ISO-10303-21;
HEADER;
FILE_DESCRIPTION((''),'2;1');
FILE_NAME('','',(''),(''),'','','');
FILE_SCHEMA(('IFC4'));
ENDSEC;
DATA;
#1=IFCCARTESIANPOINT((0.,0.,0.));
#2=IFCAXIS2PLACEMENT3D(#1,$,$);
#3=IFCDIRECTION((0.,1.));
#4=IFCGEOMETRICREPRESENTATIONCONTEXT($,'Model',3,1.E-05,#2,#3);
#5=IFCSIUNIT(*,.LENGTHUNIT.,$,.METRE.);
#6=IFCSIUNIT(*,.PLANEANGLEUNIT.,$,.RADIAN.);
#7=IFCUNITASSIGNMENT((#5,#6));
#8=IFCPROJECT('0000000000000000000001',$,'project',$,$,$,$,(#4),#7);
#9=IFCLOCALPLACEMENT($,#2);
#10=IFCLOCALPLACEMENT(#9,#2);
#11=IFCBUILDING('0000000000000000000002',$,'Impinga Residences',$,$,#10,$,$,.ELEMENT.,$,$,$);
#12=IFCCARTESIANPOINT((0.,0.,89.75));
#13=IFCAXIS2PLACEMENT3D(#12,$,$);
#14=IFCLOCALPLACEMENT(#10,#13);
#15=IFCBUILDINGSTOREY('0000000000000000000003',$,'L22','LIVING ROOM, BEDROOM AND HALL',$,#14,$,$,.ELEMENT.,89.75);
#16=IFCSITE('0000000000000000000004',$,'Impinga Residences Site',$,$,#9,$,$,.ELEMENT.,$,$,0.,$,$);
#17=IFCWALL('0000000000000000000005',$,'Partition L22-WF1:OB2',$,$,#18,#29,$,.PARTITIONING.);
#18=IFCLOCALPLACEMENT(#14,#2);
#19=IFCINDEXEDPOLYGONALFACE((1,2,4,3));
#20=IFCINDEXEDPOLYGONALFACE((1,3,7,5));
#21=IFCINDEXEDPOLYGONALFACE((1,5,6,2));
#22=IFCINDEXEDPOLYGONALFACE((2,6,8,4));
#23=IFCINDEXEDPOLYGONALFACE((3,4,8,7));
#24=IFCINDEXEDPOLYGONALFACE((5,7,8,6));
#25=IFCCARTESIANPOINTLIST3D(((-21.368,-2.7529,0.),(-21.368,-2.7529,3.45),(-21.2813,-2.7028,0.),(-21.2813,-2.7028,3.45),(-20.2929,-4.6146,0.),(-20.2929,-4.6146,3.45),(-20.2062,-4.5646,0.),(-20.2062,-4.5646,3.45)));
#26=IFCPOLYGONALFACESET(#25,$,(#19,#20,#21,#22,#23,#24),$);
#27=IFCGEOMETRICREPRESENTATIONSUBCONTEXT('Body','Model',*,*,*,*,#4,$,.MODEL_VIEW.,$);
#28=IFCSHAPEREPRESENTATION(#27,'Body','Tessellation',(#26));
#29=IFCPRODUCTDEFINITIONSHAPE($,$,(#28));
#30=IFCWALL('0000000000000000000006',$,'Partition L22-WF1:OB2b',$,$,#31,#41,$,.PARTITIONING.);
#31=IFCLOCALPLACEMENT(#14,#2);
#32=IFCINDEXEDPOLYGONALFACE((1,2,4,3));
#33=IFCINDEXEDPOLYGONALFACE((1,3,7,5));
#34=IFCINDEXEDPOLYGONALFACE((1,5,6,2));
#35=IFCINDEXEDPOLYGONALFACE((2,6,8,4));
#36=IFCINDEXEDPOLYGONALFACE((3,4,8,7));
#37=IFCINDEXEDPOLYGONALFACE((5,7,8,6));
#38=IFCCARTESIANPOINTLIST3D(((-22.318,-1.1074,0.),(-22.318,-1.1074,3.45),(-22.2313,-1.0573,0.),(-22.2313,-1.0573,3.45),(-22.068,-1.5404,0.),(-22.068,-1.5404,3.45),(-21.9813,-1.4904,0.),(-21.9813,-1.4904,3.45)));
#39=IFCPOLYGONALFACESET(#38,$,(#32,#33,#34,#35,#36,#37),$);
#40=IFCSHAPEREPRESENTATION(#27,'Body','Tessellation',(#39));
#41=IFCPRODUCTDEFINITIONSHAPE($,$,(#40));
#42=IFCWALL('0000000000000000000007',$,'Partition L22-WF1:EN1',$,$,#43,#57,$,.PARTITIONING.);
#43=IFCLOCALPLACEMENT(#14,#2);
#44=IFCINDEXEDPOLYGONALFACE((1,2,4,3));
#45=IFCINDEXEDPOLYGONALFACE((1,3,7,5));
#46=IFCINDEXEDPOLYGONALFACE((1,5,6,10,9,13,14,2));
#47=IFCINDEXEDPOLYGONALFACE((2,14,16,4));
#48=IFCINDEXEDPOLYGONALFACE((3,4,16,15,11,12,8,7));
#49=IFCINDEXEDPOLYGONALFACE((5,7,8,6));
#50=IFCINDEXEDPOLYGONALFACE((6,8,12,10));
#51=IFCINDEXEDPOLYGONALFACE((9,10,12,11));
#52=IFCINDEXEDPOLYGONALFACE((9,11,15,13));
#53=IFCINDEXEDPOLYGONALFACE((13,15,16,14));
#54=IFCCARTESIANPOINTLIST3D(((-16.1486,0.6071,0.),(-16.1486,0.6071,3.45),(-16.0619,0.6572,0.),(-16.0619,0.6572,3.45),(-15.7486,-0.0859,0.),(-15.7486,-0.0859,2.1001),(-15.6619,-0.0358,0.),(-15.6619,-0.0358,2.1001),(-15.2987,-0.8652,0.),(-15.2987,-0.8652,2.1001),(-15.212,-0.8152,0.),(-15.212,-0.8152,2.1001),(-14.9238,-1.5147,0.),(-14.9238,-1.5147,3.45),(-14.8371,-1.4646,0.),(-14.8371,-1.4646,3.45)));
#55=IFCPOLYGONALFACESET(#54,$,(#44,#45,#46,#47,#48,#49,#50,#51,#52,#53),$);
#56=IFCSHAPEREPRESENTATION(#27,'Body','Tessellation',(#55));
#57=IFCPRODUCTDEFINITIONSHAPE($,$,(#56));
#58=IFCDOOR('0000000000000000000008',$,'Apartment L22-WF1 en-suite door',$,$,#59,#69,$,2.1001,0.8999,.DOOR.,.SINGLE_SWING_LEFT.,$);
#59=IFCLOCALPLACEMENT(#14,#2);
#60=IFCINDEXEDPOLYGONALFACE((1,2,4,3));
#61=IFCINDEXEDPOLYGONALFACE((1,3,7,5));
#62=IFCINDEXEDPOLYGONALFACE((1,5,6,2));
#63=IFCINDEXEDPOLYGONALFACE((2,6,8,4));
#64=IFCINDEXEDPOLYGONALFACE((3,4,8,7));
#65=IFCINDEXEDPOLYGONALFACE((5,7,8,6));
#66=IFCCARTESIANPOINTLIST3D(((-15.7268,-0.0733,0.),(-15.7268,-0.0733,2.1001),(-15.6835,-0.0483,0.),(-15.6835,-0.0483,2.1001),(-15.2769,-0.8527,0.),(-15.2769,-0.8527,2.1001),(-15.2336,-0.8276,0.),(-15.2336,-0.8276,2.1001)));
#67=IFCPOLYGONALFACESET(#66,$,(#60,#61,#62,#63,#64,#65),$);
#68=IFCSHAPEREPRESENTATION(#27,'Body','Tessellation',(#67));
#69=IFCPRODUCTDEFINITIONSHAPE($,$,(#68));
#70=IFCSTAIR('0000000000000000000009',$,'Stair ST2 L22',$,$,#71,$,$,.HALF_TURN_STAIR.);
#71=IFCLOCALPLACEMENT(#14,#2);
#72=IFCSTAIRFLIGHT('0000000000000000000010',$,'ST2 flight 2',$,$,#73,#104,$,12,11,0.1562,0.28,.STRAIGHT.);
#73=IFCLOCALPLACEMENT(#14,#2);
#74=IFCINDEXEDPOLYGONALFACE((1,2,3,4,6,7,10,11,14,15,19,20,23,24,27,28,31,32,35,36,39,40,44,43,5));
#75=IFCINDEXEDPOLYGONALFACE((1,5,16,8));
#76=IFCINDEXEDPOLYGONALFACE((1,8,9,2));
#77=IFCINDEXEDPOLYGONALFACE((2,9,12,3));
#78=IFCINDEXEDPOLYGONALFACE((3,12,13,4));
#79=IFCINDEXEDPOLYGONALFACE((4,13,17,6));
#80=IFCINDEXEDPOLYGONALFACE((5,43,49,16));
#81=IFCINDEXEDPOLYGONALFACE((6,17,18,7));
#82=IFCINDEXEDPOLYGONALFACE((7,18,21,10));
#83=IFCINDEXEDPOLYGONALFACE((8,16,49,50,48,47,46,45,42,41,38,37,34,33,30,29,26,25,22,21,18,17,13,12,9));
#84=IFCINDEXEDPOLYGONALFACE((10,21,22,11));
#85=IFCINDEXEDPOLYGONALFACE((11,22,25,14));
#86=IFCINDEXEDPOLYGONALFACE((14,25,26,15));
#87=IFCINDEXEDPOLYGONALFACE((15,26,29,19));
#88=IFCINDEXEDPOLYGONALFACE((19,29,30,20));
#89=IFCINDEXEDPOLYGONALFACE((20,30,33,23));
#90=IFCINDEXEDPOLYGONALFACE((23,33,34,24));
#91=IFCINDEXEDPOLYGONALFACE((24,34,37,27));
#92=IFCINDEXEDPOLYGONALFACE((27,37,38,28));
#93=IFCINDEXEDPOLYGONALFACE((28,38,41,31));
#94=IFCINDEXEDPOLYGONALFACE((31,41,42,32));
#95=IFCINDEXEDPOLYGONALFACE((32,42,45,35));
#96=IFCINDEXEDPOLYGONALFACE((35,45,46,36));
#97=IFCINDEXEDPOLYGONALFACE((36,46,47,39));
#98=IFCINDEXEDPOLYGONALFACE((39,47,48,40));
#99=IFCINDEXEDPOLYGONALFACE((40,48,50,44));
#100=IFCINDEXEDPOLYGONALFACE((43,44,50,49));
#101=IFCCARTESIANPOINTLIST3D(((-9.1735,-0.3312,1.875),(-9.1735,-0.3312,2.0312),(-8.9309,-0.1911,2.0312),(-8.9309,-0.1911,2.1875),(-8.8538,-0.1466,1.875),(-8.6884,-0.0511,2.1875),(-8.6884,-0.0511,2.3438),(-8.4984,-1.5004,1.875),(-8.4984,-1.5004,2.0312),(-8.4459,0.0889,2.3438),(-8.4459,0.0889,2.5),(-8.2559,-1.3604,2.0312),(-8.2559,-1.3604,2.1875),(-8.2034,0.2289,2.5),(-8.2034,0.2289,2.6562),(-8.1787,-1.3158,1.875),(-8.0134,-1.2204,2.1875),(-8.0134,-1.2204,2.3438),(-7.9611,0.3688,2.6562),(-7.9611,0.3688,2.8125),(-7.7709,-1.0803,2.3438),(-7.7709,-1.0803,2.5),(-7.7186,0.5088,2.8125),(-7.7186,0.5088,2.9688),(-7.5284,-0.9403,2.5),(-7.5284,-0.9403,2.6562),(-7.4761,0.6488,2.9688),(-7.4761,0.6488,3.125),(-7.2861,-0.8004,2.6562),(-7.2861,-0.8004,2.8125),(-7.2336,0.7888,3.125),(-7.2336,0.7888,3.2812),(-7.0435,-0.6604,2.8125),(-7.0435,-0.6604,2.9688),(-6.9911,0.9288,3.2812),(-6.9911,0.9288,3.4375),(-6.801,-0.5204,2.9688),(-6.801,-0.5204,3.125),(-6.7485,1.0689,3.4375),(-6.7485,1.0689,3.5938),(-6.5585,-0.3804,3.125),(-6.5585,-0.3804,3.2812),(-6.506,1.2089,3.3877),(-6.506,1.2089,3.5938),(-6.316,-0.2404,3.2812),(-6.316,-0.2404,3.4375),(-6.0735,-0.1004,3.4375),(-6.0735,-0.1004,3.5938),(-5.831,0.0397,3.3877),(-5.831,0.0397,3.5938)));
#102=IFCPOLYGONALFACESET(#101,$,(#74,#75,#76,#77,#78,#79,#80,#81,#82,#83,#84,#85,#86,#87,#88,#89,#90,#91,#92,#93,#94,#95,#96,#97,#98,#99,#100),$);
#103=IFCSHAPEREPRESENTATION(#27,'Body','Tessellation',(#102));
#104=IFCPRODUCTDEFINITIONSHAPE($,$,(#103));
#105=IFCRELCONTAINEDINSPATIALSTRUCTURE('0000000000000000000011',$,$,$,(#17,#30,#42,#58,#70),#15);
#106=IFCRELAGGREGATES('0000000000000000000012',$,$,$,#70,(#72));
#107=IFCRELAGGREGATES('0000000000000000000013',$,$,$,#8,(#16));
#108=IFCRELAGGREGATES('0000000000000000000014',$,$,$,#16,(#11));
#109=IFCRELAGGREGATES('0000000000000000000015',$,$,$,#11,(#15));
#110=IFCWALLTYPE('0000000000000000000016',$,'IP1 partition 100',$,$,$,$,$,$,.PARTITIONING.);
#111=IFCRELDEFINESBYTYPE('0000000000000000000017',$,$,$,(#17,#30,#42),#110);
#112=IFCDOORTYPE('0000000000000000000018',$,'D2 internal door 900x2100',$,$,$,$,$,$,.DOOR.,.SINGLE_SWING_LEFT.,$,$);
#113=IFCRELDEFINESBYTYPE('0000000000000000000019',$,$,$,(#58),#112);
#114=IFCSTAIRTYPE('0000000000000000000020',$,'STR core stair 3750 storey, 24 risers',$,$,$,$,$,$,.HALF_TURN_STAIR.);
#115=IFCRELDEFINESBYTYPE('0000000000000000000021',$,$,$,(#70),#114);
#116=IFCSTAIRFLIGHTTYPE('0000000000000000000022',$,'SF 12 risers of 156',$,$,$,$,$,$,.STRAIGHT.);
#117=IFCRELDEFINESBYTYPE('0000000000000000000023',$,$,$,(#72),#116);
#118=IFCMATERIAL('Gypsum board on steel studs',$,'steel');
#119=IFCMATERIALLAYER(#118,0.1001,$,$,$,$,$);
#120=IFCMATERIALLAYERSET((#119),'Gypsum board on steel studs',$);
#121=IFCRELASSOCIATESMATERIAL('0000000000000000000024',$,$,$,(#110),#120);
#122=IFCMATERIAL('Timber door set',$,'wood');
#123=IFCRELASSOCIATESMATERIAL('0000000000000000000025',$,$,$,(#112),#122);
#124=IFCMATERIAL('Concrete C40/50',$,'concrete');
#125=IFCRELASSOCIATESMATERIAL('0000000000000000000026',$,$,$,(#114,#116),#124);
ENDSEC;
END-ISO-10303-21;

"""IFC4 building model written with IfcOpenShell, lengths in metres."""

from ifc_helpers import new_model, si_unit, direction, frame, frame_2d, origin, place, context, subcontext, project, spatial, polyline, rectangle, outline, extrude, material, layer, layer_set, type_object, element, fill, aggregate, save


model = new_model("IFC4")

# Units and contexts
model_context = context("Model", 3, precision=1e-05, world=origin(), true_north=direction((0.0, 1.0)))
body_context = subcontext(model_context, "Body", "Model", "MODEL_VIEW")
ifc_project = project(units=[si_unit("LENGTHUNIT", "METRE"), si_unit("PLANEANGLEUNIT", "RADIAN")], contexts=[model_context])

# Site, building, storey
site_placement = place(None, origin())
site = spatial("IfcSite", under=ifc_project, at=site_placement, Name="Impinga Residences Site", CompositionType="ELEMENT", RefElevation=0.0)
building_placement = place(site_placement, origin())
building = spatial("IfcBuilding", under=site, at=building_placement, Name="Impinga Residences", CompositionType="ELEMENT")
storey_placement = place(building_placement, frame((0.0, 0.0, 89.75)))
storey = spatial("IfcBuildingStorey", under=building, at=storey_placement, Name="L22", Description="LIVING ROOM, BEDROOM AND HALL", CompositionType="ELEMENT", Elevation=89.75)

# Shared definitions
ifc_material_1 = material(Name="Timber door set", Category="wood")

# Shared definitions
ifc_material_2 = material(Name="Gypsum board on steel studs", Category="steel")
ifc_layer_1 = layer(ifc_material_2, 0.1001)
ifc_layer_set_1 = layer_set([ifc_layer_1], Name="Gypsum board on steel studs")
wall_type_1 = type_object("IfcWallType", Name="IP1 partition 100", PredefinedType="PARTITIONING", material=ifc_layer_set_1)

# Shared definitions
door_type_1 = type_object("IfcDoorType", Name="D2 internal door 900x2100", OperationType="SINGLE_SWING_LEFT", PredefinedType="DOOR", material=ifc_material_1)

# Walls
wall_1_placement = place(storey_placement, frame((-20.2495, -4.5896, 0.0), z_axis=(0.0, 0.0, 1.0), x_axis=(-0.500096, 0.86597, 0.0)))
element("IfcWall", 1, at=wall_1_placement, inside=storey, type_object=wall_type_1, Name="Partition L22-WF1:OB2", PredefinedType="PARTITIONING", context=body_context, shape_type="SweptSolid", body=[
    extrude(rectangle(XDim=2.1499, YDim=0.1001, at=frame_2d((1.075, 0.0))), origin(), (0.0, 0.0, 1.0), 3.45),
])
wall_2_placement = place(storey_placement, frame((-22.0247, -1.5154, 0.0), z_axis=(0.0, 0.0, 1.0), x_axis=(-0.49992, 0.866072, 0.0)))
element("IfcWall", 2, at=wall_2_placement, inside=storey, type_object=wall_type_1, Name="Partition L22-WF1:OB2b", PredefinedType="PARTITIONING", context=body_context, shape_type="SweptSolid", body=[
    extrude(rectangle(XDim=0.5, YDim=0.1001, at=frame_2d((0.25, 0.0))), origin(), (0.0, 0.0, 1.0), 3.45),
])

# Wall, opening, door
wall_3_placement = place(storey_placement, frame((-14.8804, -1.4897, 0.0), z_axis=(0.0, 0.0, 1.0), x_axis=(-0.499944, 0.866058, 0.0)))
wall_3 = element("IfcWall", 3, at=wall_3_placement, inside=storey, type_object=wall_type_1, Name="Partition L22-WF1:EN1", PredefinedType="PARTITIONING", context=body_context, shape_type="SweptSolid", body=[
    extrude(rectangle(XDim=2.45, YDim=0.1001, at=frame_2d((1.2251, 0.0))), origin(), (0.0, 0.0, 1.0), 3.45),
])
opening_1_placement = place(wall_3_placement, frame((0.75, 0.0, 0.0)))
opening_1 = element("IfcOpeningElement", 4, at=opening_1_placement, cuts=wall_3, PredefinedType="OPENING", context=body_context, shape_type="SweptSolid", body=[
    extrude(rectangle(XDim=0.8999, YDim=2.1001, at=frame_2d((0.45, 1.05))), frame((0.0, 0.0601, 0.0), z_axis=(0.0, -1.0, 0.0), x_axis=(1.0, 0.0, 0.0)), (0.0, 0.0, 1.0), 0.1201),
])
door_1_placement = place(opening_1_placement, origin())
door_1 = element("IfcDoor", 5, at=door_1_placement, inside=storey, type_object=door_type_1, Name="Apartment L22-WF1 en-suite door", OperationType="SINGLE_SWING_LEFT", OverallHeight=2.1001, OverallWidth=0.8999, PredefinedType="DOOR", context=body_context, shape_type="SweptSolid", body=[
    extrude(rectangle(XDim=0.8999, YDim=2.1001, at=frame_2d((0.45, 1.05))), frame((0.0, 0.0249, 0.0), z_axis=(0.0, -1.0, 0.0), x_axis=(1.0, 0.0, 0.0)), (0.0, 0.0, 1.0), 0.05),
])
fill(opening_1, door_1)

# Stair, stair flight
ifc_material_3 = material(Name="Concrete C40/50", Category="concrete")
stair_type = type_object("IfcStairType", Name="STR core stair 3750 storey, 24 risers", PredefinedType="HALF_TURN_STAIR", material=ifc_material_3)
stair_placement = place(storey_placement, origin())
stair = element("IfcStair", 6, at=stair_placement, inside=storey, type_object=stair_type, Name="Stair ST2 L22", PredefinedType="HALF_TURN_STAIR")
stair_flight_type = type_object("IfcStairFlightType", Name="SF 12 risers of 156", PredefinedType="STRAIGHT", material=ifc_material_3)
stair_flight_placement = place(storey_placement, frame((-8.8359, -0.9158, 1.875), z_axis=(0.0, 0.0, 1.0), x_axis=(0.866025, 0.5, 0.0)))
stair_flight = element("IfcStairFlight", 7, at=stair_flight_placement, type_object=stair_flight_type, Name="ST2 flight 2", NumberOfRisers=12, NumberOfTreads=11, PredefinedType="STRAIGHT", RiserHeight=0.1562, TreadLength=0.28, context=body_context, shape_type="SweptSolid", body=[
    extrude(outline(polyline([(0.0, 0.0), (0.0, 0.1562), (0.28, 0.1562), (0.28, 0.3125), (0.5601, 0.3125), (0.5601, 0.4688), (0.8401, 0.4688), (0.8401, 0.625), (1.1201, 0.625), (1.1201, 0.7812), (1.3999, 0.7812), (1.3999, 0.9375), (1.6799, 0.9375), (1.6799, 1.0938), (1.96, 1.0938), (1.96, 1.25), (2.24, 1.25), (2.24, 1.4062), (2.52, 1.4062), (2.52, 1.5625), (2.8, 1.5625), (2.8, 1.7188), (3.0801, 1.7188), (3.0801, 1.875), (3.0801, 1.5127), (0.3691, 0.0), (0.0, 0.0)])), frame((0.0, 0.675, 0.0), z_axis=(0.0, -1.0, 0.0), x_axis=(1.0, 0.0, 0.0)), (0.0, 0.0, 1.0), 1.3501),
])
aggregate(stair, [stair_flight])

save(model, "model.ifc")
